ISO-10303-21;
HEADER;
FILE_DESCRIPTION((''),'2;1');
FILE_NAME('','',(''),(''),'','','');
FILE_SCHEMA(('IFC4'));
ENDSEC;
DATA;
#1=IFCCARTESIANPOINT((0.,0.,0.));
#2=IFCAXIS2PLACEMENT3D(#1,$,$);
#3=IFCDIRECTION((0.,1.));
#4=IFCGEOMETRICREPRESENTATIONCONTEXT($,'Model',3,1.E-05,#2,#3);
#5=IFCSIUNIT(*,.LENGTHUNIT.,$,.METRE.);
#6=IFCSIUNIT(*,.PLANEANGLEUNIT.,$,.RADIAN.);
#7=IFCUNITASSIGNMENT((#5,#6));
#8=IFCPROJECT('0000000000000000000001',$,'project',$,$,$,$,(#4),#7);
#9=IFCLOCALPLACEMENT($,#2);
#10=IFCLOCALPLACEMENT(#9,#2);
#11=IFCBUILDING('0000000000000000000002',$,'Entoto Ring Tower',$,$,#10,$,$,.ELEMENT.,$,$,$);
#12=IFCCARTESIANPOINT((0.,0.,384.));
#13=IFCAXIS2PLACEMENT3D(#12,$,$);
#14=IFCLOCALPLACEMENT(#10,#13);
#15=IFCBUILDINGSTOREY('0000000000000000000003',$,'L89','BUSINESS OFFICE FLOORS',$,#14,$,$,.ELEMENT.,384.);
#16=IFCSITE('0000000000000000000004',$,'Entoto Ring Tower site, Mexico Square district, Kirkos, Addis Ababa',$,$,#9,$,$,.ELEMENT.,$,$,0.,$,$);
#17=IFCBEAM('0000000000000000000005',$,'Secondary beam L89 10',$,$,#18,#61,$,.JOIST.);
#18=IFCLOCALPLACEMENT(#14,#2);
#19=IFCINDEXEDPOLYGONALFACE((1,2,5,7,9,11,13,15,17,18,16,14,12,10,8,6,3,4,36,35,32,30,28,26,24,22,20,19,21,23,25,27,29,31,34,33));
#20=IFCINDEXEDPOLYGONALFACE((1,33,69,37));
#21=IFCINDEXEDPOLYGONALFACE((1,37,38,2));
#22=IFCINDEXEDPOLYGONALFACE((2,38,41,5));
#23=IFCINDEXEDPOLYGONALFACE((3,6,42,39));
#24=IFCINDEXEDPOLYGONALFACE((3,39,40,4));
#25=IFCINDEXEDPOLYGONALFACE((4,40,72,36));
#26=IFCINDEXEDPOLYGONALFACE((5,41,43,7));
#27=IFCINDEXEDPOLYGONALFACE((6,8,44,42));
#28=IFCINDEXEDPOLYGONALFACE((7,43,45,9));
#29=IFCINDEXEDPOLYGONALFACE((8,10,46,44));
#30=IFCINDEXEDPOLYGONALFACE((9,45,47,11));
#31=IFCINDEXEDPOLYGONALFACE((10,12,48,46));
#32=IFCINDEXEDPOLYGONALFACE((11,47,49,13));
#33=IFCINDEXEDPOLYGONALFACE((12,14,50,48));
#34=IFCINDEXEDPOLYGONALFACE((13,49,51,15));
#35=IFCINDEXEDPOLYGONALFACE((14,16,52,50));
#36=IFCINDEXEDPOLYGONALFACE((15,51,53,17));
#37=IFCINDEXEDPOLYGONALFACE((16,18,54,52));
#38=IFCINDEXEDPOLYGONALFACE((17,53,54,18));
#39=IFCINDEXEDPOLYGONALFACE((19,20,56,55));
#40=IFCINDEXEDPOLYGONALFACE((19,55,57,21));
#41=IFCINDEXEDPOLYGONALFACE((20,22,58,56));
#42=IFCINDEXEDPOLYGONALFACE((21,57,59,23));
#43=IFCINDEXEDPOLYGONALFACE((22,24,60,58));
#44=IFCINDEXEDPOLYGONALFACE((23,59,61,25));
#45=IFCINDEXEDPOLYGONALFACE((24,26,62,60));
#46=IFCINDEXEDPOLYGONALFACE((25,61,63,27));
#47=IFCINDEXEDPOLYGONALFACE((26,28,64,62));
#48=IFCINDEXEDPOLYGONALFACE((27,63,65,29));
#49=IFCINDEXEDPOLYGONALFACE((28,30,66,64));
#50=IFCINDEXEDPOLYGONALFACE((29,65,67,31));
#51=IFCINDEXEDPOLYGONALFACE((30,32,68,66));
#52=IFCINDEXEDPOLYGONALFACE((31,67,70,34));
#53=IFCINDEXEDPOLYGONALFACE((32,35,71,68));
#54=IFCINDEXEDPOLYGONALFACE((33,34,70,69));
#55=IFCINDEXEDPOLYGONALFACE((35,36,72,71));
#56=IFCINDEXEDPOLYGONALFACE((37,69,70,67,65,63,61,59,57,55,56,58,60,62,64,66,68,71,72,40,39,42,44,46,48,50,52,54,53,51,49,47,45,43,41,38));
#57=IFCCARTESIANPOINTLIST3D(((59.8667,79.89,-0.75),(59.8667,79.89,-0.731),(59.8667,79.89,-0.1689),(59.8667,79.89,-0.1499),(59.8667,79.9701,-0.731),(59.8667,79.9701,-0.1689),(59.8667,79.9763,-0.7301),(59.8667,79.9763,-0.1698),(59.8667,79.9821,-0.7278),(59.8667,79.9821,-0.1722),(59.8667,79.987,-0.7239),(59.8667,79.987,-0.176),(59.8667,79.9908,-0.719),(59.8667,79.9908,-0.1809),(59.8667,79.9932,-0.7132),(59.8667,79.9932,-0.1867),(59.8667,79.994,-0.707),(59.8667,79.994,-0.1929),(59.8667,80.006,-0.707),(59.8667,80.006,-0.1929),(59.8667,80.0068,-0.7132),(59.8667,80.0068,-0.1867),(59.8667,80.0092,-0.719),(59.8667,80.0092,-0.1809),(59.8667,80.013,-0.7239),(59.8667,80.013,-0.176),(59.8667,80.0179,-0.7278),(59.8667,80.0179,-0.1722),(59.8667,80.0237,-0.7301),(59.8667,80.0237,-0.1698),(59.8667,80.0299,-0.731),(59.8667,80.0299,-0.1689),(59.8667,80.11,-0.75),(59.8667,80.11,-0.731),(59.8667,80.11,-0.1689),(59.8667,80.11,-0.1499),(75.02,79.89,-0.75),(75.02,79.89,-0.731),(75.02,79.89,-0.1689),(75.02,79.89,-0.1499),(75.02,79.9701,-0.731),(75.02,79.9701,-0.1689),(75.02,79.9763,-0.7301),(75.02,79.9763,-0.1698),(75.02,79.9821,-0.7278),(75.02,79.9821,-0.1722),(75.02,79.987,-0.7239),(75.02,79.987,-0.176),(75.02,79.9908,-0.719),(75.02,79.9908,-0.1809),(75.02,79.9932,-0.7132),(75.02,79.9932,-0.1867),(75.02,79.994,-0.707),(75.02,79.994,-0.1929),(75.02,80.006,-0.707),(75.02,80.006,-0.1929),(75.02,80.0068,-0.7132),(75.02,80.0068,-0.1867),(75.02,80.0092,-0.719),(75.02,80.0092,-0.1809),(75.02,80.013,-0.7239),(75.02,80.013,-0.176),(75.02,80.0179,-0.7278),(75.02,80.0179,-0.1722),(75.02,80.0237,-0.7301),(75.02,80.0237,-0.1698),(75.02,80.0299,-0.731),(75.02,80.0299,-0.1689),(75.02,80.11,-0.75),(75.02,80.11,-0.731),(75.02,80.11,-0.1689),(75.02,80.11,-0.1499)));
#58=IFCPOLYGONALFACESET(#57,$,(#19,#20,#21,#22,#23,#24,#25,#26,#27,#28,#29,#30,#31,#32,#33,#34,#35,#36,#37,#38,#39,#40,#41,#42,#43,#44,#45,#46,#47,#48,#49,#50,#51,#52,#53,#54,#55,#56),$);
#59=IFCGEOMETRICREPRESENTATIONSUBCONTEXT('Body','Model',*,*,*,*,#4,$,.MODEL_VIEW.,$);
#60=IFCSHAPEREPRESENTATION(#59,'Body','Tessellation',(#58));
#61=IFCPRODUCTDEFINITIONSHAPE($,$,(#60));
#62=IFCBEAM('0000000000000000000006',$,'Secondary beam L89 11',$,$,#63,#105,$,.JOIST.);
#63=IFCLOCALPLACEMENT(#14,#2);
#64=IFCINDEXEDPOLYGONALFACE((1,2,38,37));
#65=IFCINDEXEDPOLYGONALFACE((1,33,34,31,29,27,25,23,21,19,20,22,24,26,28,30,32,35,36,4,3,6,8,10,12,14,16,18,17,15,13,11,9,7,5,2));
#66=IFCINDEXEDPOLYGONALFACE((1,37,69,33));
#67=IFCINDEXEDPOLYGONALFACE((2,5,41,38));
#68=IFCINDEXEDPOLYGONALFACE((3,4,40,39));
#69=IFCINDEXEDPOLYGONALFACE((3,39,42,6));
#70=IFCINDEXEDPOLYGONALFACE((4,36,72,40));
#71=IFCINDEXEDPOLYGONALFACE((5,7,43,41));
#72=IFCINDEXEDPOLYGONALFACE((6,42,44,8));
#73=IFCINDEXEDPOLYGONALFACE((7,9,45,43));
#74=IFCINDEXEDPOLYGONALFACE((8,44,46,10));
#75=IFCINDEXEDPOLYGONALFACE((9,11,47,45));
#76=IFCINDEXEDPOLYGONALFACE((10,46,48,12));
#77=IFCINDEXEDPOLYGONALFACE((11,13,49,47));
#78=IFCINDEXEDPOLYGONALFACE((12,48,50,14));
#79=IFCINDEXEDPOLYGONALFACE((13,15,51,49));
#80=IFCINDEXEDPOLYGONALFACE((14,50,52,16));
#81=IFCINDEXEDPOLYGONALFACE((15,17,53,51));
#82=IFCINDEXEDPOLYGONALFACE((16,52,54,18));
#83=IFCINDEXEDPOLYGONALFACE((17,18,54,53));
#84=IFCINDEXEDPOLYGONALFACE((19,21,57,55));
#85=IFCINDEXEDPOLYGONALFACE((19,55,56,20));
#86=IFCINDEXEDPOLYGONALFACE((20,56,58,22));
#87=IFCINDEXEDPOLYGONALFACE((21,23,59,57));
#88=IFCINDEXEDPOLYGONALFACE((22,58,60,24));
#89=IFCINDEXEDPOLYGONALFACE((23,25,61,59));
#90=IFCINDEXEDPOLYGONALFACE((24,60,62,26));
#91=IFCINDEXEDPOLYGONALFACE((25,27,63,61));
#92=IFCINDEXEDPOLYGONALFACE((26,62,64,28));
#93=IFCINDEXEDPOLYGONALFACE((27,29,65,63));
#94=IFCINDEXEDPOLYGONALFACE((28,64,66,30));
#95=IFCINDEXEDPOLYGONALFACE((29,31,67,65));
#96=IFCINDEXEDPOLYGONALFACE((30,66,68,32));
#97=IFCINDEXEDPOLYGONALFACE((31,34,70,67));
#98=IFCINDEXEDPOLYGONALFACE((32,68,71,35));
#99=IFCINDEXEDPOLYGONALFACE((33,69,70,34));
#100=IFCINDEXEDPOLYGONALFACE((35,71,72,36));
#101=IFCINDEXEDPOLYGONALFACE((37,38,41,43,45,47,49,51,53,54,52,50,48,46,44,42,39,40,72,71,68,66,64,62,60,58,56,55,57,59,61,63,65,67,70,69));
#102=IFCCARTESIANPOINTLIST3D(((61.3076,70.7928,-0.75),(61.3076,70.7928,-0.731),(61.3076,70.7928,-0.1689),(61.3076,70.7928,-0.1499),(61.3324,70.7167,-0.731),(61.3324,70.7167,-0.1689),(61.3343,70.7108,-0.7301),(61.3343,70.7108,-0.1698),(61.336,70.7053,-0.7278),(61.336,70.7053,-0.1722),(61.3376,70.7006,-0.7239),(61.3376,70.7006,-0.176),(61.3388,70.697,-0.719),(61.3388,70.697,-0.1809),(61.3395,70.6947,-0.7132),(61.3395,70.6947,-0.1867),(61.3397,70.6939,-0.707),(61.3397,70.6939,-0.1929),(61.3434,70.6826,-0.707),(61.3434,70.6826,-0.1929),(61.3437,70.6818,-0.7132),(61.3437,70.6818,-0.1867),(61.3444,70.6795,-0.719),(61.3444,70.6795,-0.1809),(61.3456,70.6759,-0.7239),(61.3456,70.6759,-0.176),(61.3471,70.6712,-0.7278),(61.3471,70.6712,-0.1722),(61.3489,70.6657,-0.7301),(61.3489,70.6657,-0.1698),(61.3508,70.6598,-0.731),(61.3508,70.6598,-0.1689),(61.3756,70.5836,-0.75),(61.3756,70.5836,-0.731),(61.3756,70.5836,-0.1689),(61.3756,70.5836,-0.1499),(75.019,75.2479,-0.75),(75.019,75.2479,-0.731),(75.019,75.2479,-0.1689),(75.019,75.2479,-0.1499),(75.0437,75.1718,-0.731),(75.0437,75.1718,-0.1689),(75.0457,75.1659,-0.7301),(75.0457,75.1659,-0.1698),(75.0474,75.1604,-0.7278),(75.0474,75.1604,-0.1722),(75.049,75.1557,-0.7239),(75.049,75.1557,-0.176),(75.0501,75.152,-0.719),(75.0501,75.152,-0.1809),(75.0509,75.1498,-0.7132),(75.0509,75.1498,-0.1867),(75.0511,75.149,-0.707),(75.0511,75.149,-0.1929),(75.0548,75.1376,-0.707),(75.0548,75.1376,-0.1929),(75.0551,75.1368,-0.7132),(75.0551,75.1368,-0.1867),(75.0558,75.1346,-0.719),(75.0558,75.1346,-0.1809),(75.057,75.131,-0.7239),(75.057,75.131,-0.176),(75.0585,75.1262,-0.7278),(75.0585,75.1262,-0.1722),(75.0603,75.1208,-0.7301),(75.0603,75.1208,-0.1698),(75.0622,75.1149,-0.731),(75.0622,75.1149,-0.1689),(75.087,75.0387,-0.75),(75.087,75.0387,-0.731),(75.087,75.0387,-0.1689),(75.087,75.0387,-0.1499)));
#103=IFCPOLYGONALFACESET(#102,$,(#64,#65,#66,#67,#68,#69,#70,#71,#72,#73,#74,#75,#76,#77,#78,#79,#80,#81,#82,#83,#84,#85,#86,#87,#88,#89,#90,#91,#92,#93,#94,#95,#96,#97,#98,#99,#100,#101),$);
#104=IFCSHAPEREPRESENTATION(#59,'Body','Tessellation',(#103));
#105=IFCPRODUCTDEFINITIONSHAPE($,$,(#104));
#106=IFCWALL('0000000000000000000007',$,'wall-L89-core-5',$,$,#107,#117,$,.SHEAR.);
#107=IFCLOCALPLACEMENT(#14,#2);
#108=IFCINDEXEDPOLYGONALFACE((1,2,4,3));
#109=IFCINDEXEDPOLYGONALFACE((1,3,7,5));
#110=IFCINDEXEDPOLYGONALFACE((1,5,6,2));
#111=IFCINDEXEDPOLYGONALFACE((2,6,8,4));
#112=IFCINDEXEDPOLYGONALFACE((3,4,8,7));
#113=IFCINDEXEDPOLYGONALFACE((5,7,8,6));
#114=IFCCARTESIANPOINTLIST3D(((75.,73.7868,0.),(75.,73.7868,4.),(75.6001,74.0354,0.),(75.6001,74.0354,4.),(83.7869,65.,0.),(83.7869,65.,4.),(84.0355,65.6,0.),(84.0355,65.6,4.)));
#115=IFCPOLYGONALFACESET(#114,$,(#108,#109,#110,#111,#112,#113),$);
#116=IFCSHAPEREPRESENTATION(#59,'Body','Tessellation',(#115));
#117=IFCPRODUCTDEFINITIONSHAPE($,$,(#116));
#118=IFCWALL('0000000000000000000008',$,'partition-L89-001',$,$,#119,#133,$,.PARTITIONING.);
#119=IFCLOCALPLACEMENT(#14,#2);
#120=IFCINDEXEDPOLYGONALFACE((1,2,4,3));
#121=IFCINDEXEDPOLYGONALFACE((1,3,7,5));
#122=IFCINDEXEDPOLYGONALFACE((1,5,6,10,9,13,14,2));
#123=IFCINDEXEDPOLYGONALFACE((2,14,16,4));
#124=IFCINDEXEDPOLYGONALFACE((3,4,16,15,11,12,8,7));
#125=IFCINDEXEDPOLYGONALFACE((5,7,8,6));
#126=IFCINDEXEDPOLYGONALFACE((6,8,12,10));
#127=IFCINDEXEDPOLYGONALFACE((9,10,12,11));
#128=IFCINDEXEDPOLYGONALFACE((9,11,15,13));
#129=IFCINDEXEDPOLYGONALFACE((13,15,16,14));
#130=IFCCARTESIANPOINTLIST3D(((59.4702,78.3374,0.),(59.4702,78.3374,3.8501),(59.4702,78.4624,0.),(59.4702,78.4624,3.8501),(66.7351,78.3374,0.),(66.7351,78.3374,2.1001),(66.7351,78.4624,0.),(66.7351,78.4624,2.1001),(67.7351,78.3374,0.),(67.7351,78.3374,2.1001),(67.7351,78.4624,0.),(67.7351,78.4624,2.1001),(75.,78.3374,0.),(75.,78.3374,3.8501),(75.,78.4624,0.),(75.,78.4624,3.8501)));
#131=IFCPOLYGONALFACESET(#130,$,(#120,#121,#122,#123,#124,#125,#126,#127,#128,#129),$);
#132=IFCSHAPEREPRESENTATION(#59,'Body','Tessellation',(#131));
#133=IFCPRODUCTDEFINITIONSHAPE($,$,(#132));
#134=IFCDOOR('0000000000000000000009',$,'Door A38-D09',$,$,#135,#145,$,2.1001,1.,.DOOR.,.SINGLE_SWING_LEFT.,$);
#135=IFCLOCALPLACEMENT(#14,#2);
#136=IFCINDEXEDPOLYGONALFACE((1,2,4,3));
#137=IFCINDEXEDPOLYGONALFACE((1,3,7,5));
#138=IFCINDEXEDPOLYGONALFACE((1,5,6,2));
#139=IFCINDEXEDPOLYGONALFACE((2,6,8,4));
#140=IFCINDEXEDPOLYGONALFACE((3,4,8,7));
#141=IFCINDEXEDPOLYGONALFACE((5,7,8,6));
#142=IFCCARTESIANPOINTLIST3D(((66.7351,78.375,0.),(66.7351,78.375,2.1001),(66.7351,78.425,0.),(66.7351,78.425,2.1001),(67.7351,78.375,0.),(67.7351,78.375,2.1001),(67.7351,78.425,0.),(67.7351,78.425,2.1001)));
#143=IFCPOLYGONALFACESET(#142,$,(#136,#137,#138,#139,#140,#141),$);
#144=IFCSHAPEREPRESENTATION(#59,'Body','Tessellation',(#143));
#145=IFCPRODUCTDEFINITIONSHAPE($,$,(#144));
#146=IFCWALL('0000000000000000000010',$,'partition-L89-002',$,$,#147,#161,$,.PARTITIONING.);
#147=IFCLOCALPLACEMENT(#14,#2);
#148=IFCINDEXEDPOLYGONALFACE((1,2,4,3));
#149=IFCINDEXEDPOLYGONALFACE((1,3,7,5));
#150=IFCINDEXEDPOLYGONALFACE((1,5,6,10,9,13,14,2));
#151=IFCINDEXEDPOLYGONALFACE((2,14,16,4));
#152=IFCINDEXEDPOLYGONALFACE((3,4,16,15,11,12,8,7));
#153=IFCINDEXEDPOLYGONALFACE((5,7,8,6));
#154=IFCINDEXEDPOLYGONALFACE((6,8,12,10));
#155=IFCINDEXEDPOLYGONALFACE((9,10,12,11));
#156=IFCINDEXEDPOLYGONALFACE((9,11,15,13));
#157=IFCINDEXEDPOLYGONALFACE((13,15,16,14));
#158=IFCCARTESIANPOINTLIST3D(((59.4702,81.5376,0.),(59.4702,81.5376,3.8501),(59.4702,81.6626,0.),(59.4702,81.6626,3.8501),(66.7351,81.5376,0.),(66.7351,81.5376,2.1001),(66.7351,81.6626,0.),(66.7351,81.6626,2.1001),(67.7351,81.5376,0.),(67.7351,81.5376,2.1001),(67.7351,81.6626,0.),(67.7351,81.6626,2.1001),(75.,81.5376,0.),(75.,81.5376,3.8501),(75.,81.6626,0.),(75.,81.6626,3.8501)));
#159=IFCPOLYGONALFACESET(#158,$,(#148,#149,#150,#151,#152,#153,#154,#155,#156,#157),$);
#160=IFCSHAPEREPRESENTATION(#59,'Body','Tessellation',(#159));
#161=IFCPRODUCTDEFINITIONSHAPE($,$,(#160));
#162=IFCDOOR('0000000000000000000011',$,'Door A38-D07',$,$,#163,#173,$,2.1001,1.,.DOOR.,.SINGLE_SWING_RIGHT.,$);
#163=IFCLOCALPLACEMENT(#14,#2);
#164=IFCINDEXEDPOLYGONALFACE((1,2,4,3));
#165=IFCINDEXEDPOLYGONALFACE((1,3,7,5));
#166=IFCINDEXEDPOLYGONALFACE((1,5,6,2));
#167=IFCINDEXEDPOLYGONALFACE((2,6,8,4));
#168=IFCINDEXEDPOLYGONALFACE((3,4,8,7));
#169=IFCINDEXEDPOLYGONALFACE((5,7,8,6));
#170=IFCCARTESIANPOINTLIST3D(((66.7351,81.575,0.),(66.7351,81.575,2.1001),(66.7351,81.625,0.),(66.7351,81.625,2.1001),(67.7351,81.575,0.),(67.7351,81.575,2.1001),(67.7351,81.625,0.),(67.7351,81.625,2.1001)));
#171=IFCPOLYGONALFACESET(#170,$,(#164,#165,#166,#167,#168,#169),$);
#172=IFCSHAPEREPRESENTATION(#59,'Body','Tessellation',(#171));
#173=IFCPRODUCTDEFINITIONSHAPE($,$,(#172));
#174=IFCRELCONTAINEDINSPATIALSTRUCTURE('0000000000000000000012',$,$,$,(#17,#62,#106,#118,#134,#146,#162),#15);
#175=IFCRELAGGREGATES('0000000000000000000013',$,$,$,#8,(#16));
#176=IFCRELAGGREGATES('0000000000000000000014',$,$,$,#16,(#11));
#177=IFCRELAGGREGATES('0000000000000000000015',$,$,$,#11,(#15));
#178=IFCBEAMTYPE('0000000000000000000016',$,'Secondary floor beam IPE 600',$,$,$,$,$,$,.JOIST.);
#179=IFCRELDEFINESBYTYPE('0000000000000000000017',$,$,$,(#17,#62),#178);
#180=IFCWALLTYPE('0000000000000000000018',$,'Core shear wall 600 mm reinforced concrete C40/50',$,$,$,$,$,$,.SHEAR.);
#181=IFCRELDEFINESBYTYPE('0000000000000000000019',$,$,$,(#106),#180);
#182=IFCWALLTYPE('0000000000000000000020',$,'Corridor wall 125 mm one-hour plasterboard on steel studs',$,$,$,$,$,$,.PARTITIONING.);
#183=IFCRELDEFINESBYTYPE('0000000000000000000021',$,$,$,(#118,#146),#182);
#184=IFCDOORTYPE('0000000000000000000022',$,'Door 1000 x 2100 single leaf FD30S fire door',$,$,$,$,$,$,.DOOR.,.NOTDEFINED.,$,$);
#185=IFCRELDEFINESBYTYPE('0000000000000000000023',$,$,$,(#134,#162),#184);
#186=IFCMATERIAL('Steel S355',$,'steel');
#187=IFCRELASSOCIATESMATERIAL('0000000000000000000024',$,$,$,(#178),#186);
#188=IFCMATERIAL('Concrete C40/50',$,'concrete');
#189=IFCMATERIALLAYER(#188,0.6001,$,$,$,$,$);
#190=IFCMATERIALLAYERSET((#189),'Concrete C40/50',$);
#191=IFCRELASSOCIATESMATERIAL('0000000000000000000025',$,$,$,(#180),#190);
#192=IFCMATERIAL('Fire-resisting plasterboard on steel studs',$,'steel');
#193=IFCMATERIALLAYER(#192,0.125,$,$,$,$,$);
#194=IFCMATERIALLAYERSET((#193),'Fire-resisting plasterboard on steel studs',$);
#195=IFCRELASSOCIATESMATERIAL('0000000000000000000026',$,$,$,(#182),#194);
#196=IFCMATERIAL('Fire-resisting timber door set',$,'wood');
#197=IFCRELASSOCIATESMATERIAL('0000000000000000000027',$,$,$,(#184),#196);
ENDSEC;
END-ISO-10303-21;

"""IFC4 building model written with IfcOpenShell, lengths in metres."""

from ifc_helpers import new_model, si_unit, direction, frame, frame_2d, origin, origin_2d, place, context, subcontext, project, spatial, polyline, rectangle, i_section, outline, extrude, material, layer, layer_set, material_profile, profile_set, type_object, element, fill, save


model = new_model("IFC4")

# Units and contexts
model_context = context("Model", 3, precision=1e-05, world=origin(), true_north=direction((0.0, 1.0)))
body_context = subcontext(model_context, "Body", "Model", "MODEL_VIEW")
ifc_project = project(units=[si_unit("LENGTHUNIT", "METRE"), si_unit("PLANEANGLEUNIT", "RADIAN")], contexts=[model_context])

# Site, building, storey
site_placement = place(None, origin())
site = spatial("IfcSite", under=ifc_project, at=site_placement, Name="Entoto Ring Tower site, Mexico Square district, Kirkos, Addis Ababa", CompositionType="ELEMENT", RefElevation=0.0)
building_placement = place(site_placement, origin())
building = spatial("IfcBuilding", under=site, at=building_placement, Name="Entoto Ring Tower", CompositionType="ELEMENT")
storey_placement = place(building_placement, frame((0.0, 0.0, 384.0)))
storey = spatial("IfcBuildingStorey", under=building, at=storey_placement, Name="L89", Description="BUSINESS OFFICE FLOORS", CompositionType="ELEMENT", Elevation=384.0)

# Beams
ifc_material_1 = material(Name="Steel S355", Category="steel")
ifc_material_profile_1 = material_profile(ifc_material_1, i_section(OverallWidth=0.22, OverallDepth=0.6001, WebThickness=0.012, FlangeThickness=0.019, FilletRadius=0.0239, at=origin_2d()), Name="IPE 600")
ifc_profile_set_1 = profile_set([ifc_material_profile_1], Name="Steel S355")
beam_type_1 = type_object("IfcBeamType", Name="Secondary floor beam IPE 600", PredefinedType="JOIST", material=ifc_profile_set_1)
beam_1_placement = place(storey_placement, frame((75.02, 80.0, -0.45), z_axis=(-1.0, 0.0, 0.0), x_axis=(0.0, -1.0, 0.0)))
element("IfcBeam", 1, at=beam_1_placement, inside=storey, type_object=beam_type_1, Name="Secondary beam L89 10", PredefinedType="JOIST", context=body_context, shape_type="SweptSolid", body=[
    extrude(i_section(OverallWidth=0.22, OverallDepth=0.6001, WebThickness=0.012, FlangeThickness=0.019, FilletRadius=0.0239, at=origin_2d()), origin(), (0.0, 0.0, 1.0), 15.1533),
])
beam_2_placement = place(storey_placement, frame((75.053, 75.1433, -0.45), z_axis=(-0.951057, -0.309015, 0.0), x_axis=(0.309015, -0.951057, 0.0)))
element("IfcBeam", 2, at=beam_2_placement, inside=storey, type_object=beam_type_1, Name="Secondary beam L89 11", PredefinedType="JOIST", context=body_context, shape_type="SweptSolid", body=[
    extrude(i_section(OverallWidth=0.22, OverallDepth=0.6001, WebThickness=0.012, FlangeThickness=0.019, FilletRadius=0.0239, at=origin_2d()), origin(), (0.0, 0.0, 1.0), 14.417),
])

# Wall
ifc_material_2 = material(Name="Concrete C40/50", Category="concrete")
ifc_layer_1 = layer(ifc_material_2, 0.6001)
ifc_layer_set_1 = layer_set([ifc_layer_1], Name="Concrete C40/50")
wall_type_1 = type_object("IfcWallType", Name="Core shear wall 600 mm reinforced concrete C40/50", PredefinedType="SHEAR", material=ifc_layer_set_1)
wall_1_placement = place(storey_placement, frame((75.3, 73.9111, 0.0), z_axis=(0.0, 0.0, 1.0), x_axis=(0.707107, -0.707107, 0.0)))
element("IfcWall", 3, at=wall_1_placement, inside=storey, type_object=wall_type_1, Name="wall-L89-core-5", PredefinedType="SHEAR", context=body_context, shape_type="SweptSolid", body=[
    extrude(outline(polyline([(-0.1243, -0.3), (12.3022, -0.3), (12.0537, 0.3), (0.1243, 0.3), (-0.1243, -0.3)])), origin(), (0.0, 0.0, 1.0), 4.0),
])

# Walls, openings, doors
ifc_material_3 = material(Name="Fire-resisting plasterboard on steel studs", Category="steel")
ifc_layer_2 = layer(ifc_material_3, 0.125)
ifc_layer_set_2 = layer_set([ifc_layer_2], Name="Fire-resisting plasterboard on steel studs")
wall_type_2 = type_object("IfcWallType", Name="Corridor wall 125 mm one-hour plasterboard on steel studs", PredefinedType="PARTITIONING", material=ifc_layer_set_2)
wall_2_placement = place(storey_placement, frame((59.4702, 78.3999, 0.0), z_axis=(0.0, 0.0, 1.0), x_axis=(1.0, 0.0, 0.0)))
wall_2 = element("IfcWall", 4, at=wall_2_placement, inside=storey, type_object=wall_type_2, Name="partition-L89-001", PredefinedType="PARTITIONING", context=body_context, shape_type="SweptSolid", body=[
    extrude(rectangle(XDim=15.5298, YDim=0.125, at=frame_2d((7.7649, 0.0))), origin(), (0.0, 0.0, 1.0), 3.8501),
])
opening_1_placement = place(wall_2_placement, frame((7.2649, 0.0, 0.0)))
opening_1 = element("IfcOpeningElement", 5, at=opening_1_placement, cuts=wall_2, PredefinedType="OPENING", context=body_context, shape_type="SweptSolid", body=[
    extrude(rectangle(XDim=1.0, YDim=2.1001, at=frame_2d((0.5, 1.05))), frame((0.0, 0.0725, 0.0), z_axis=(0.0, -1.0, 0.0), x_axis=(1.0, 0.0, 0.0)), (0.0, 0.0, 1.0), 0.145),
])
ifc_material_4 = material(Name="Fire-resisting timber door set", Category="wood")
door_type = type_object("IfcDoorType", Name="Door 1000 x 2100 single leaf FD30S fire door", OperationType="NOTDEFINED", PredefinedType="DOOR", material=ifc_material_4)
door_1_placement = place(opening_1_placement, frame((1.0, 0.0, 0.0), z_axis=(0.0, 0.0, 1.0), x_axis=(-1.0, 0.0, 0.0)))
door_1 = element("IfcDoor", 6, at=door_1_placement, inside=storey, type_object=door_type, Name="Door A38-D09", OperationType="SINGLE_SWING_LEFT", OverallHeight=2.1001, OverallWidth=1.0, PredefinedType="DOOR", context=body_context, shape_type="SweptSolid", body=[
    extrude(rectangle(XDim=1.0, YDim=2.1001, at=frame_2d((0.5, 1.05))), frame((0.0, 0.0249, 0.0), z_axis=(0.0, -1.0, 0.0), x_axis=(1.0, 0.0, 0.0)), (0.0, 0.0, 1.0), 0.05),
])
fill(opening_1, door_1)
wall_3_placement = place(storey_placement, frame((59.4702, 81.6001, 0.0), z_axis=(0.0, 0.0, 1.0), x_axis=(1.0, 0.0, 0.0)))
wall_3 = element("IfcWall", 7, at=wall_3_placement, inside=storey, type_object=wall_type_2, Name="partition-L89-002", PredefinedType="PARTITIONING", context=body_context, shape_type="SweptSolid", body=[
    extrude(rectangle(XDim=15.5298, YDim=0.125, at=frame_2d((7.7649, 0.0))), origin(), (0.0, 0.0, 1.0), 3.8501),
])
opening_2_placement = place(wall_3_placement, frame((7.2649, 0.0, 0.0)))
opening_2 = element("IfcOpeningElement", 8, at=opening_2_placement, cuts=wall_3, PredefinedType="OPENING", context=body_context, shape_type="SweptSolid", body=[
    extrude(rectangle(XDim=1.0, YDim=2.1001, at=frame_2d((0.5, 1.05))), frame((0.0, 0.0725, 0.0), z_axis=(0.0, -1.0, 0.0), x_axis=(1.0, 0.0, 0.0)), (0.0, 0.0, 1.0), 0.145),
])
door_2_placement = place(opening_2_placement, origin())
door_2 = element("IfcDoor", 9, at=door_2_placement, inside=storey, type_object=door_type, Name="Door A38-D07", OperationType="SINGLE_SWING_RIGHT", OverallHeight=2.1001, OverallWidth=1.0, PredefinedType="DOOR", context=body_context, shape_type="SweptSolid", body=[
    extrude(rectangle(XDim=1.0, YDim=2.1001, at=frame_2d((0.5, 1.05))), frame((0.0, 0.0249, 0.0), z_axis=(0.0, -1.0, 0.0), x_axis=(1.0, 0.0, 0.0)), (0.0, 0.0, 1.0), 0.05),
])
fill(opening_2, door_2)

save(model, "model.ifc")
